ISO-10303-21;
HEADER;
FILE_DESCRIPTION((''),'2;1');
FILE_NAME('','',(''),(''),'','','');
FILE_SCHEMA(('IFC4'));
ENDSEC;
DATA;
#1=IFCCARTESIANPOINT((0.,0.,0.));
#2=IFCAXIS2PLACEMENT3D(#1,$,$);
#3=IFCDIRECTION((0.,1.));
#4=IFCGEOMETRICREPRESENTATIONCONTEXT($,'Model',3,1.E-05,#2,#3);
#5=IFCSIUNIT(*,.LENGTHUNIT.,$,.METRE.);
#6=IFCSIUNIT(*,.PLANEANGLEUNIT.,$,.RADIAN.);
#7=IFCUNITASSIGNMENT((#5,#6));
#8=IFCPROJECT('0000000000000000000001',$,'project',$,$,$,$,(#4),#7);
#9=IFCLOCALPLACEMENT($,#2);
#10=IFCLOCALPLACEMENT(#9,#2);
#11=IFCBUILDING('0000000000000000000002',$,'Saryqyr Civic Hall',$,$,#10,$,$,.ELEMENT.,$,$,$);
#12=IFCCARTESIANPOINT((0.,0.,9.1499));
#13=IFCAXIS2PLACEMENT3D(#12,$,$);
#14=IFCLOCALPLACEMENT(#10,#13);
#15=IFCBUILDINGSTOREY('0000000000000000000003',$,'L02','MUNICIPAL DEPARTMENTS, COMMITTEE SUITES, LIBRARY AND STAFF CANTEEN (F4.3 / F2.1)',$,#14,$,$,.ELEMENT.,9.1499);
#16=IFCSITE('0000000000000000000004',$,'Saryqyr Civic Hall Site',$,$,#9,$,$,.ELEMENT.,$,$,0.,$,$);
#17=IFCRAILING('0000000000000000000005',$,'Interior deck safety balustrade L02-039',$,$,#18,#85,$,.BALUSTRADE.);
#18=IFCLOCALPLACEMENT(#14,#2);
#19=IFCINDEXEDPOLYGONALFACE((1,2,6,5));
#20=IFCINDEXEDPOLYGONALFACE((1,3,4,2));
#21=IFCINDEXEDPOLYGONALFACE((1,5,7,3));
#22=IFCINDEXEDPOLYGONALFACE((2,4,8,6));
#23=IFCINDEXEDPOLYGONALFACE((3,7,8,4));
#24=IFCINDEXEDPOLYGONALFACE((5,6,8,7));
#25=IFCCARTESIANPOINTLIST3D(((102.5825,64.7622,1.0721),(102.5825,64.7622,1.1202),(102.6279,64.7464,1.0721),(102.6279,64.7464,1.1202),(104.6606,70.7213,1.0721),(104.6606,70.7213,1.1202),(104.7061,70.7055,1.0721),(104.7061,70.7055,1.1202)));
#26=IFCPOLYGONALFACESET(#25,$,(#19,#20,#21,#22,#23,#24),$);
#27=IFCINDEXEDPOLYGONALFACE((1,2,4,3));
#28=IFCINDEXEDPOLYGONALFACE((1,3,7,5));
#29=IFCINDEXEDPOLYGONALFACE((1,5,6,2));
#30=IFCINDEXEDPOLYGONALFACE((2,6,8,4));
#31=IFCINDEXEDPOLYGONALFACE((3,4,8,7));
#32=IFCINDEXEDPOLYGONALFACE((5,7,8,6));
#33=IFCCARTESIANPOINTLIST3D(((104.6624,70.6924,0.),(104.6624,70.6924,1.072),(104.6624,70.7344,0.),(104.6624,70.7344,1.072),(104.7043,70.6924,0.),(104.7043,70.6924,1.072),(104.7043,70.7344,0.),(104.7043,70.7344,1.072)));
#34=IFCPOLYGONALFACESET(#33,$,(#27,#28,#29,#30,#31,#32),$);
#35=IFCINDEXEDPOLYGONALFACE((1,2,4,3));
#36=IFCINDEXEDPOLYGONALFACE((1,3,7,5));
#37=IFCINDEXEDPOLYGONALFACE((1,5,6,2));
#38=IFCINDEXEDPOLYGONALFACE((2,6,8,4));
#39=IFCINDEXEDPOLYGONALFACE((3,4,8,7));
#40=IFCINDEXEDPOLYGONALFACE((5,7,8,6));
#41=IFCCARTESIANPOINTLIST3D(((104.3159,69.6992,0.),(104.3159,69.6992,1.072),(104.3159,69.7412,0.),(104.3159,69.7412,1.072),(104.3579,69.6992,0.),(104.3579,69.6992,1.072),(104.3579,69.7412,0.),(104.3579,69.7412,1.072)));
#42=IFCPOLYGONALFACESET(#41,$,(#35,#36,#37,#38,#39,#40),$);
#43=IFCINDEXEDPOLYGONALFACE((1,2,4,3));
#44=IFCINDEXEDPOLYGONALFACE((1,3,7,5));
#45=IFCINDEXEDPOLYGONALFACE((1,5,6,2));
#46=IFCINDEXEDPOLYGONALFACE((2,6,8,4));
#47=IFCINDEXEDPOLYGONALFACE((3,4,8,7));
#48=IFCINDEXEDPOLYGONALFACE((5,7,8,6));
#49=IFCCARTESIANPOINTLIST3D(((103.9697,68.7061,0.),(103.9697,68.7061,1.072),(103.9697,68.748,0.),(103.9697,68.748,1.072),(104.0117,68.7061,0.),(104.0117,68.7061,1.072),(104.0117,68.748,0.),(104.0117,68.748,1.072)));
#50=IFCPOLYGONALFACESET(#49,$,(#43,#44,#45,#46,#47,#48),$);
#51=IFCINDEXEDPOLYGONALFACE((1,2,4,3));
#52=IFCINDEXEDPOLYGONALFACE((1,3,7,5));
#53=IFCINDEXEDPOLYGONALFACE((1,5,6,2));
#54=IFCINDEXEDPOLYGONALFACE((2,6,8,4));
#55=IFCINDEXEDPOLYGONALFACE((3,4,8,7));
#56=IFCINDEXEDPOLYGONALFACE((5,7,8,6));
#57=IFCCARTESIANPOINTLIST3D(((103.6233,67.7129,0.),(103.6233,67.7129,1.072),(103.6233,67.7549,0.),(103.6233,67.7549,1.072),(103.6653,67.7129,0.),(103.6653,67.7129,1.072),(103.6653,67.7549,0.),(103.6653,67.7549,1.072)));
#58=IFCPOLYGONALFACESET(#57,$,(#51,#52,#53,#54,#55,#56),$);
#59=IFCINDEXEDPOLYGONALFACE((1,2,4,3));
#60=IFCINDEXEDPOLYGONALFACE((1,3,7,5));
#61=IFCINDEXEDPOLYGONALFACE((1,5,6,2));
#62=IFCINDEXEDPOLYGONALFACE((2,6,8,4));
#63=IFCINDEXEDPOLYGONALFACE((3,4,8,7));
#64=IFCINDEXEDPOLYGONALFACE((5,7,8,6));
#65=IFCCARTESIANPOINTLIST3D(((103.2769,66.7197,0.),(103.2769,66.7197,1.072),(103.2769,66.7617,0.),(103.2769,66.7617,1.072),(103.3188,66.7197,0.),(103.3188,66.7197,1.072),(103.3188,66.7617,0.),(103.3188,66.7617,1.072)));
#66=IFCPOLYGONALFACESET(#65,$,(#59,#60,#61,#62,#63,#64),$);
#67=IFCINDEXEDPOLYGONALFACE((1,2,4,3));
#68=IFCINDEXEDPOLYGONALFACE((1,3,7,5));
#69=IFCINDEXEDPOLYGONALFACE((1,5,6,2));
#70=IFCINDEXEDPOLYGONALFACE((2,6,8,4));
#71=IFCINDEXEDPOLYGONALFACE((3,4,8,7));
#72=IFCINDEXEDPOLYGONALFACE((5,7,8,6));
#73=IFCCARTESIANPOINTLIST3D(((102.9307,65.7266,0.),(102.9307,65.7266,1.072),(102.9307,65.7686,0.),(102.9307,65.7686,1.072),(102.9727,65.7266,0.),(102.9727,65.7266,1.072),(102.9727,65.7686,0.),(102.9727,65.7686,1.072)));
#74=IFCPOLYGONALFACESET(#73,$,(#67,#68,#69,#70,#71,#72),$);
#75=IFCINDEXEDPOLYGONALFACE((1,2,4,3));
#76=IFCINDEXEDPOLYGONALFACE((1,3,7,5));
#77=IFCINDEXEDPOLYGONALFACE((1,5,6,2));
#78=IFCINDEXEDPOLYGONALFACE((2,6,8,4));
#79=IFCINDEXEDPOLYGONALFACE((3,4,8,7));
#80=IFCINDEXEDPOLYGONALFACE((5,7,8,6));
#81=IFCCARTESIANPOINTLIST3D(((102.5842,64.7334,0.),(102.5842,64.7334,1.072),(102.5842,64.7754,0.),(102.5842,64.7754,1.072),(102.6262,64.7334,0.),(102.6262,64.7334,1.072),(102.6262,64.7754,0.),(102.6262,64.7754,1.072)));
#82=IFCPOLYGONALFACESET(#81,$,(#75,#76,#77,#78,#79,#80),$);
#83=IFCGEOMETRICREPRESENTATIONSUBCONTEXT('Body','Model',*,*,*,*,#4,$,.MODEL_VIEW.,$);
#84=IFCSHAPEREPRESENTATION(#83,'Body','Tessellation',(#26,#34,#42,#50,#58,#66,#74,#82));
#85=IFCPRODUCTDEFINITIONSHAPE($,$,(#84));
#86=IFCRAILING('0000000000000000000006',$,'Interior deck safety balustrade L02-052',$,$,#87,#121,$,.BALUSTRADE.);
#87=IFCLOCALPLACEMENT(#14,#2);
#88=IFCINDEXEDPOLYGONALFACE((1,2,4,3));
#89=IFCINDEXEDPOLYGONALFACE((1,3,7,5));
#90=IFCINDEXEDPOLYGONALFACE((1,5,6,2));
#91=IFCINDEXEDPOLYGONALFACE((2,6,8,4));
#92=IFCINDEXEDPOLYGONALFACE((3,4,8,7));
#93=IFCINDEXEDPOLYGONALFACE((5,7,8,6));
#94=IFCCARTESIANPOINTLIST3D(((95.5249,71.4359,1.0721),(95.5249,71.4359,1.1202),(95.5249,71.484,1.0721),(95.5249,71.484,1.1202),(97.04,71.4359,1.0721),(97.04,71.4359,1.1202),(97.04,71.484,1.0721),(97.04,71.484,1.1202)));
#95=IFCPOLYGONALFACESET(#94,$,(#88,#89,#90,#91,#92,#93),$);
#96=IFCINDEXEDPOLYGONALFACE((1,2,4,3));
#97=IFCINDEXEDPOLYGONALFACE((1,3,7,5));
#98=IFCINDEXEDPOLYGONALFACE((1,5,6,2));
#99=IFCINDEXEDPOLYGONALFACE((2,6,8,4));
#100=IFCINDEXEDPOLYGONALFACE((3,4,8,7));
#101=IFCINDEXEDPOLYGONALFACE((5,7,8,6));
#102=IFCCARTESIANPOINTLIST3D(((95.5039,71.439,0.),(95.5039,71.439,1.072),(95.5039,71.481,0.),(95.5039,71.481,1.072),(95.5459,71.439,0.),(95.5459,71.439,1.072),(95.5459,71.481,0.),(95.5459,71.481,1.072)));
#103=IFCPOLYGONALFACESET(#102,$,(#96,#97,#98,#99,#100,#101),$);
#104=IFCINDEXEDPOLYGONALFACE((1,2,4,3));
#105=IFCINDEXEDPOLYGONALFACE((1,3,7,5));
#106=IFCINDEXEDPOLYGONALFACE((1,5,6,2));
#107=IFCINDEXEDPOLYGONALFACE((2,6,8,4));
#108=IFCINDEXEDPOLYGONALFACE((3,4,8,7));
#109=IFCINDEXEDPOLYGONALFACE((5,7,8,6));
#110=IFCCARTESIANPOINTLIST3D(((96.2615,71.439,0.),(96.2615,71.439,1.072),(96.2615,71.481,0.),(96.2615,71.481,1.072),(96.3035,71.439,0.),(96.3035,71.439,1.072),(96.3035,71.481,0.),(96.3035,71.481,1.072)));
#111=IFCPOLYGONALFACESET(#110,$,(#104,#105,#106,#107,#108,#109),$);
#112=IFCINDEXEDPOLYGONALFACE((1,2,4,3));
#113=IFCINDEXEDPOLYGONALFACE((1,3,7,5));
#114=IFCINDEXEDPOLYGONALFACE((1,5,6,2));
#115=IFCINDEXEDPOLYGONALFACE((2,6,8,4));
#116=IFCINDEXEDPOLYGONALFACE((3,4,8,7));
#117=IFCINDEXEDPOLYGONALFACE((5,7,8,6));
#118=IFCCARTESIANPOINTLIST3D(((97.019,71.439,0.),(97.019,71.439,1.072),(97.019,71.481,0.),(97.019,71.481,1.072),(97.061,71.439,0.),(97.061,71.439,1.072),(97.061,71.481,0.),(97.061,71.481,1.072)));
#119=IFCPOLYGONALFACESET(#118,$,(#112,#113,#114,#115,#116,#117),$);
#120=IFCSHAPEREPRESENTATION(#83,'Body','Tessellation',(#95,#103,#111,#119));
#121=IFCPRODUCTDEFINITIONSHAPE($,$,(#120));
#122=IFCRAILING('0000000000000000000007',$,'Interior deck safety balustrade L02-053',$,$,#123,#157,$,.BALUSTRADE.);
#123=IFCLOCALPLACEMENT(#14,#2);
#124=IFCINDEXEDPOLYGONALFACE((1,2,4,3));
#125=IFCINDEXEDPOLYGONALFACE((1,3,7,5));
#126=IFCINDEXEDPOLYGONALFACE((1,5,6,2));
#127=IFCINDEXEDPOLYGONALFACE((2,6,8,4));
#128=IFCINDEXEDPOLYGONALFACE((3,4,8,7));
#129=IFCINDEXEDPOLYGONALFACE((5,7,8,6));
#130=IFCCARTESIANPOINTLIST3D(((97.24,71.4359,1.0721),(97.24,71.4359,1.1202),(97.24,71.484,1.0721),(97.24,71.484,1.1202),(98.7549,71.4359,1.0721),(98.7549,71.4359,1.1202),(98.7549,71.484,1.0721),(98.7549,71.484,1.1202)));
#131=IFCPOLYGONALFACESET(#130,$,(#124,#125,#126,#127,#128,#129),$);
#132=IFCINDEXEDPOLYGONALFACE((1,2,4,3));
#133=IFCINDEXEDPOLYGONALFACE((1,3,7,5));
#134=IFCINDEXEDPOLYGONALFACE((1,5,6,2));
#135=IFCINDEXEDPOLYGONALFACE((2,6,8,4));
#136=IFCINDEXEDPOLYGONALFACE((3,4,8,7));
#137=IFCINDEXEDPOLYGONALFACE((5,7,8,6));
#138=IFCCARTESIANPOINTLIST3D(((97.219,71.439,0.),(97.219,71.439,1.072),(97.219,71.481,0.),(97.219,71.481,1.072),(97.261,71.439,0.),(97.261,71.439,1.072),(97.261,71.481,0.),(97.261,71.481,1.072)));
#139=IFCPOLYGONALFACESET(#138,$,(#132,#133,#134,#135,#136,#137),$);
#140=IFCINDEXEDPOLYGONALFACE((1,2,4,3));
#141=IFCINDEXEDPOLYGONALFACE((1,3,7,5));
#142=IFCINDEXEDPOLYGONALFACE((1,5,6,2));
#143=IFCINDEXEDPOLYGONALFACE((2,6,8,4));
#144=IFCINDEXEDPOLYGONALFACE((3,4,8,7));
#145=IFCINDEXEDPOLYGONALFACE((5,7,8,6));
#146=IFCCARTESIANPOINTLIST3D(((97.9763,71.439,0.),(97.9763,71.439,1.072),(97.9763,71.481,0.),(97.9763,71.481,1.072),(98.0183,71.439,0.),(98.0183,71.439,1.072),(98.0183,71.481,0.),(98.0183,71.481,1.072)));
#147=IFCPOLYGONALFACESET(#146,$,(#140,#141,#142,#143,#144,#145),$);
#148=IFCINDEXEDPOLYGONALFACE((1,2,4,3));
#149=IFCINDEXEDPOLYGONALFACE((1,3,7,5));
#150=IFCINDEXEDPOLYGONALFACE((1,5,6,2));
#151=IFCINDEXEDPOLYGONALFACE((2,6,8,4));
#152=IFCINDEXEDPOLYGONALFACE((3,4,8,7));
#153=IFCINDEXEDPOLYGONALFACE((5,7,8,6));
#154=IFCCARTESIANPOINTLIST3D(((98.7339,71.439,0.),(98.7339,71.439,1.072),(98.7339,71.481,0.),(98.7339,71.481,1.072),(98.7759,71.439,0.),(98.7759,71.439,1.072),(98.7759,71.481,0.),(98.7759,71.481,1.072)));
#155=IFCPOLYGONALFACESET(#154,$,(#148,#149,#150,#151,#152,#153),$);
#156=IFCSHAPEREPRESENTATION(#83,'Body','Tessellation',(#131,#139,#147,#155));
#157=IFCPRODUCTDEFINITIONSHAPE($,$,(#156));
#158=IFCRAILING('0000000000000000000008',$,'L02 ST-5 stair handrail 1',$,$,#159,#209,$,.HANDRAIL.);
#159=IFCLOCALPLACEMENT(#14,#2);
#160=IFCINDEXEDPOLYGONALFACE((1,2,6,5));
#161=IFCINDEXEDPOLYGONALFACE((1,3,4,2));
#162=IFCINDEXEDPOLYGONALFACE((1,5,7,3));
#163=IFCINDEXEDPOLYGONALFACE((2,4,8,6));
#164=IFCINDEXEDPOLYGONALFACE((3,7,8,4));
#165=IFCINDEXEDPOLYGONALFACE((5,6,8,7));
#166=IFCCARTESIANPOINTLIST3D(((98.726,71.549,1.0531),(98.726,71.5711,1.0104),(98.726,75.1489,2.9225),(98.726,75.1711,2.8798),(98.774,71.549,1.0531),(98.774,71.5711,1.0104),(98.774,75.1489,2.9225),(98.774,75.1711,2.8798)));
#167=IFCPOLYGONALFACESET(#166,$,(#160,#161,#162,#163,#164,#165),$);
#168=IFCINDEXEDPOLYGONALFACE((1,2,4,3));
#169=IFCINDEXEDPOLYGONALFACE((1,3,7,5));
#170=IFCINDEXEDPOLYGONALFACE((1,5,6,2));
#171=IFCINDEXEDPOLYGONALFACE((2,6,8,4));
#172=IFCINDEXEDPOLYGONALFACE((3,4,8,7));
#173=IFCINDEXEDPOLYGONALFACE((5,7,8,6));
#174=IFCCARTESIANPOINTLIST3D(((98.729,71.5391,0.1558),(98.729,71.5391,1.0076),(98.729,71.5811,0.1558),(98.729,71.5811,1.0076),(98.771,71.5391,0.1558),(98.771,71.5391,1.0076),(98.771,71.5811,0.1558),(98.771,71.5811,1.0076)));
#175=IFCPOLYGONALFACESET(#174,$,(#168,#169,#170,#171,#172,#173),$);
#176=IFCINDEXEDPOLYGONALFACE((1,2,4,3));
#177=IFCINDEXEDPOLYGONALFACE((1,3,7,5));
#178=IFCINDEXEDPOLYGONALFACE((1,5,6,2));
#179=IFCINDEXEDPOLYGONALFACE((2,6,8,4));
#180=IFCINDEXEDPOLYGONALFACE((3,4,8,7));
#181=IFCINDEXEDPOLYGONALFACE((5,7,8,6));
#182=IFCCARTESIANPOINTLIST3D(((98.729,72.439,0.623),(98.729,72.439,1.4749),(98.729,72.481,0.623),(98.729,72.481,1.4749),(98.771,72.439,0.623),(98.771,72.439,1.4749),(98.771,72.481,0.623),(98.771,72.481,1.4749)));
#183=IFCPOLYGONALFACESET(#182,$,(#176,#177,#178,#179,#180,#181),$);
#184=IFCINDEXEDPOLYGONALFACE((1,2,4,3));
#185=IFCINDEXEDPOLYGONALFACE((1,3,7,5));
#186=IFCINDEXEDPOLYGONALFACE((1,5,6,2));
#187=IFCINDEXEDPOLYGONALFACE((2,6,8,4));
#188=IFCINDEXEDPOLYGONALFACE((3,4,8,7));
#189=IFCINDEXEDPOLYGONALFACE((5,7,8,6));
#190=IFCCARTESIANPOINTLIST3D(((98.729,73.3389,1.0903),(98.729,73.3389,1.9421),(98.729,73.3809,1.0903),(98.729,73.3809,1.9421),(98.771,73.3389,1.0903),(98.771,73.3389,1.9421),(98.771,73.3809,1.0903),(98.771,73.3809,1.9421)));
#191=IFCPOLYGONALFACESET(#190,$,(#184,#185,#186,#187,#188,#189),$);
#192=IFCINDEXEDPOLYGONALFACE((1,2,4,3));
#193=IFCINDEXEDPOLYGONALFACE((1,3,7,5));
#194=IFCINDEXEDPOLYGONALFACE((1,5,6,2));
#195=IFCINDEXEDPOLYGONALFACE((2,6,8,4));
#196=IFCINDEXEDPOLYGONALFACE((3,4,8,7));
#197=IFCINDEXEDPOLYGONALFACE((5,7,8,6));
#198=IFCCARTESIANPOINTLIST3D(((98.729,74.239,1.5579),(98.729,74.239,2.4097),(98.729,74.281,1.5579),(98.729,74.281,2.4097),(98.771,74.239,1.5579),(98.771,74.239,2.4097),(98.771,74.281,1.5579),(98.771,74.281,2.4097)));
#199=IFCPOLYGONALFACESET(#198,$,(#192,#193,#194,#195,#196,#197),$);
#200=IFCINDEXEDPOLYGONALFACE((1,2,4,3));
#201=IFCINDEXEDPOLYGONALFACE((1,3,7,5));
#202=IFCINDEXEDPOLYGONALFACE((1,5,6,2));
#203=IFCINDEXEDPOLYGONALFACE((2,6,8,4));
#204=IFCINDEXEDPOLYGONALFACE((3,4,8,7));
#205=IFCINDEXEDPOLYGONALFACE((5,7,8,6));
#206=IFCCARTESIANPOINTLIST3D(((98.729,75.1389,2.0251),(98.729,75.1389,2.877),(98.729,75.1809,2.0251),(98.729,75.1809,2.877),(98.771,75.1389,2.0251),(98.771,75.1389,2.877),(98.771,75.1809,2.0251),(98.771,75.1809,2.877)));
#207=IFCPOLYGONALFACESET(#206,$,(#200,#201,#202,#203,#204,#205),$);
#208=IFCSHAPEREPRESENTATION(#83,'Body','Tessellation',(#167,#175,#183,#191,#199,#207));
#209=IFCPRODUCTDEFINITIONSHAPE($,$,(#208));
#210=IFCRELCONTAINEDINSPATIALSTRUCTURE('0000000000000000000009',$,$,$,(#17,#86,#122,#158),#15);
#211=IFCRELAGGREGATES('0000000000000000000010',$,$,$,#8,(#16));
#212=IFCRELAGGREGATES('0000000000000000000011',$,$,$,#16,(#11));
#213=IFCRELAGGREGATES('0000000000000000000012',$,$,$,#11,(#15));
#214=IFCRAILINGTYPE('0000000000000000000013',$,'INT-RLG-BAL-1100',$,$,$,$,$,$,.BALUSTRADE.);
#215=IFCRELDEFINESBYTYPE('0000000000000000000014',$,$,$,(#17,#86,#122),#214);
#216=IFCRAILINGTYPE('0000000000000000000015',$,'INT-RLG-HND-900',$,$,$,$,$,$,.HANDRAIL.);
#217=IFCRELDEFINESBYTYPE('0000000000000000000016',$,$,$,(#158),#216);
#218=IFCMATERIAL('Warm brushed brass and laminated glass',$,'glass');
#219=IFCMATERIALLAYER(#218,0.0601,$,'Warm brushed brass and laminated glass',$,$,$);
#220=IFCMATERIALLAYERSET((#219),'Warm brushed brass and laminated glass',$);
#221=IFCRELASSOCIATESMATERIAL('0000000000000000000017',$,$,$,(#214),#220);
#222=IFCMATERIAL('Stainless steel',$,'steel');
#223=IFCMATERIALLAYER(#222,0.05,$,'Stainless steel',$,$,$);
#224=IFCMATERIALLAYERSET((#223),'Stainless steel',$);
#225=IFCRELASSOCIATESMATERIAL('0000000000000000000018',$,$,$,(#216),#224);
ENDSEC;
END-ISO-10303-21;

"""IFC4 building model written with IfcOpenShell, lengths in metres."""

from ifc_helpers import new_model, si_unit, direction, frame, origin, origin_2d, place, context, subcontext, project, spatial, rectangle, extrude, material, layer, layer_set, type_object, element, save


model = new_model("IFC4")

# Units and contexts
model_context = context("Model", 3, precision=1e-05, world=origin(), true_north=direction((0.0, 1.0)))
body_context = subcontext(model_context, "Body", "Model", "MODEL_VIEW")
ifc_project = project(units=[si_unit("LENGTHUNIT", "METRE"), si_unit("PLANEANGLEUNIT", "RADIAN")], contexts=[model_context])

# Site, building, storey
site_placement = place(None, origin())
site = spatial("IfcSite", under=ifc_project, at=site_placement, Name="Saryqyr Civic Hall Site", CompositionType="ELEMENT", RefElevation=0.0)
building_placement = place(site_placement, origin())
building = spatial("IfcBuilding", under=site, at=building_placement, Name="Saryqyr Civic Hall", CompositionType="ELEMENT")
storey_placement = place(building_placement, frame((0.0, 0.0, 9.1499)))
storey = spatial("IfcBuildingStorey", under=building, at=storey_placement, Name="L02", Description="MUNICIPAL DEPARTMENTS, COMMITTEE SUITES, LIBRARY AND STAFF CANTEEN (F4.3 / F2.1)", CompositionType="ELEMENT", Elevation=9.1499)

# Railings
ifc_material_1 = material(Name="Warm brushed brass and laminated glass", Category="glass")
ifc_layer_1 = layer(ifc_material_1, 0.0601, Name="Warm brushed brass and laminated glass")
ifc_layer_set_1 = layer_set([ifc_layer_1], Name="Warm brushed brass and laminated glass")
railing_type_1 = type_object("IfcRailingType", Name="INT-RLG-BAL-1100", PredefinedType="BALUSTRADE", material=ifc_layer_set_1)
railing_1_placement = place(storey_placement, frame((104.6833, 70.7134, 0.0)))
element("IfcRailing", 1, at=railing_1_placement, inside=storey, type_object=railing_type_1, Name="Interior deck safety balustrade L02-039", PredefinedType="BALUSTRADE", context=body_context, shape_type="SweptSolid", body=[
    extrude(rectangle(XDim=0.0481, YDim=0.0481, at=origin_2d()), frame((0.0, 0.0, 1.0962), z_axis=(-0.329289, -0.944229, 0.0), x_axis=(0.944229, -0.329289, 0.0)), (0.0, 0.0, 1.0), 6.311),
    extrude(rectangle(XDim=0.042, YDim=0.042, at=origin_2d()), origin(), (0.0, 0.0, 1.0), 1.072),
    extrude(rectangle(XDim=0.042, YDim=0.042, at=origin_2d()), frame((-0.3464, -0.9932, 0.0)), (0.0, 0.0, 1.0), 1.072),
    extrude(rectangle(XDim=0.042, YDim=0.042, at=origin_2d()), frame((-0.6926, -1.9863, 0.0)), (0.0, 0.0, 1.0), 1.072),
    extrude(rectangle(XDim=0.042, YDim=0.042, at=origin_2d()), frame((-1.0391, -2.9795, 0.0)), (0.0, 0.0, 1.0), 1.072),
    extrude(rectangle(XDim=0.042, YDim=0.042, at=origin_2d()), frame((-1.3855, -3.9727, 0.0)), (0.0, 0.0, 1.0), 1.072),
    extrude(rectangle(XDim=0.042, YDim=0.042, at=origin_2d()), frame((-1.7317, -4.9658, 0.0)), (0.0, 0.0, 1.0), 1.072),
    extrude(rectangle(XDim=0.042, YDim=0.042, at=origin_2d()), frame((-2.0781, -5.959, 0.0)), (0.0, 0.0, 1.0), 1.072),
])
railing_2_placement = place(storey_placement, frame((95.5249, 71.46, 0.0)))
element("IfcRailing", 2, at=railing_2_placement, inside=storey, type_object=railing_type_1, Name="Interior deck safety balustrade L02-052", PredefinedType="BALUSTRADE", context=body_context, shape_type="SweptSolid", body=[
    extrude(rectangle(XDim=0.0481, YDim=0.0481, at=origin_2d()), frame((0.0, 0.0, 1.0962), z_axis=(1.0, 0.0, 0.0), x_axis=(0.0, 1.0, 0.0)), (0.0, 0.0, 1.0), 1.5151),
    extrude(rectangle(XDim=0.042, YDim=0.042, at=origin_2d()), origin(), (0.0, 0.0, 1.0), 1.072),
    extrude(rectangle(XDim=0.042, YDim=0.042, at=origin_2d()), frame((0.7576, 0.0, 0.0)), (0.0, 0.0, 1.0), 1.072),
    extrude(rectangle(XDim=0.042, YDim=0.042, at=origin_2d()), frame((1.5151, 0.0, 0.0)), (0.0, 0.0, 1.0), 1.072),
])
railing_3_placement = place(storey_placement, frame((97.24, 71.46, 0.0)))
element("IfcRailing", 3, at=railing_3_placement, inside=storey, type_object=railing_type_1, Name="Interior deck safety balustrade L02-053", PredefinedType="BALUSTRADE", context=body_context, shape_type="SweptSolid", body=[
    extrude(rectangle(XDim=0.0481, YDim=0.0481, at=origin_2d()), frame((0.0, 0.0, 1.0962), z_axis=(1.0, 0.0, 0.0), x_axis=(0.0, 1.0, 0.0)), (0.0, 0.0, 1.0), 1.5149),
    extrude(rectangle(XDim=0.042, YDim=0.042, at=origin_2d()), origin(), (0.0, 0.0, 1.0), 1.072),
    extrude(rectangle(XDim=0.042, YDim=0.042, at=origin_2d()), frame((0.7573, 0.0, 0.0)), (0.0, 0.0, 1.0), 1.072),
    extrude(rectangle(XDim=0.042, YDim=0.042, at=origin_2d()), frame((1.5149, 0.0, 0.0)), (0.0, 0.0, 1.0), 1.072),
])
ifc_material_2 = material(Name="Stainless steel", Category="steel")
ifc_layer_2 = layer(ifc_material_2, 0.05, Name="Stainless steel")
ifc_layer_set_2 = layer_set([ifc_layer_2], Name="Stainless steel")
railing_type_2 = type_object("IfcRailingType", Name="INT-RLG-HND-900", PredefinedType="HANDRAIL", material=ifc_layer_set_2)
railing_4_placement = place(storey_placement, frame((98.75, 71.5601, 0.1558)))
element("IfcRailing", 4, at=railing_4_placement, inside=storey, type_object=railing_type_2, Name="L02 ST-5 stair handrail 1", PredefinedType="HANDRAIL", context=body_context, shape_type="SweptSolid", body=[
    extrude(rectangle(XDim=0.0481, YDim=0.0481, at=origin_2d()), frame((0.0, 0.0, 0.876), z_axis=(0.0, 0.887473, 0.46086), x_axis=(-1.0, 0.0, 0.0)), (0.0, 0.0, 1.0), 4.0564),
    extrude(rectangle(XDim=0.042, YDim=0.042, at=origin_2d()), origin(), (0.0, 0.0, 1.0), 0.8518),
    extrude(rectangle(XDim=0.042, YDim=0.042, at=origin_2d()), frame((0.0, 0.8999, 0.4673)), (0.0, 0.0, 1.0), 0.8518),
    extrude(rectangle(XDim=0.042, YDim=0.042, at=origin_2d()), frame((0.0, 1.7998, 0.9346)), (0.0, 0.0, 1.0), 0.8518),
    extrude(rectangle(XDim=0.042, YDim=0.042, at=origin_2d()), frame((0.0, 2.7, 1.4021)), (0.0, 0.0, 1.0), 0.8518),
    extrude(rectangle(XDim=0.042, YDim=0.042, at=origin_2d()), frame((0.0, 3.5999, 1.8694)), (0.0, 0.0, 1.0), 0.8518),
])

save(model, "model.ifc")
